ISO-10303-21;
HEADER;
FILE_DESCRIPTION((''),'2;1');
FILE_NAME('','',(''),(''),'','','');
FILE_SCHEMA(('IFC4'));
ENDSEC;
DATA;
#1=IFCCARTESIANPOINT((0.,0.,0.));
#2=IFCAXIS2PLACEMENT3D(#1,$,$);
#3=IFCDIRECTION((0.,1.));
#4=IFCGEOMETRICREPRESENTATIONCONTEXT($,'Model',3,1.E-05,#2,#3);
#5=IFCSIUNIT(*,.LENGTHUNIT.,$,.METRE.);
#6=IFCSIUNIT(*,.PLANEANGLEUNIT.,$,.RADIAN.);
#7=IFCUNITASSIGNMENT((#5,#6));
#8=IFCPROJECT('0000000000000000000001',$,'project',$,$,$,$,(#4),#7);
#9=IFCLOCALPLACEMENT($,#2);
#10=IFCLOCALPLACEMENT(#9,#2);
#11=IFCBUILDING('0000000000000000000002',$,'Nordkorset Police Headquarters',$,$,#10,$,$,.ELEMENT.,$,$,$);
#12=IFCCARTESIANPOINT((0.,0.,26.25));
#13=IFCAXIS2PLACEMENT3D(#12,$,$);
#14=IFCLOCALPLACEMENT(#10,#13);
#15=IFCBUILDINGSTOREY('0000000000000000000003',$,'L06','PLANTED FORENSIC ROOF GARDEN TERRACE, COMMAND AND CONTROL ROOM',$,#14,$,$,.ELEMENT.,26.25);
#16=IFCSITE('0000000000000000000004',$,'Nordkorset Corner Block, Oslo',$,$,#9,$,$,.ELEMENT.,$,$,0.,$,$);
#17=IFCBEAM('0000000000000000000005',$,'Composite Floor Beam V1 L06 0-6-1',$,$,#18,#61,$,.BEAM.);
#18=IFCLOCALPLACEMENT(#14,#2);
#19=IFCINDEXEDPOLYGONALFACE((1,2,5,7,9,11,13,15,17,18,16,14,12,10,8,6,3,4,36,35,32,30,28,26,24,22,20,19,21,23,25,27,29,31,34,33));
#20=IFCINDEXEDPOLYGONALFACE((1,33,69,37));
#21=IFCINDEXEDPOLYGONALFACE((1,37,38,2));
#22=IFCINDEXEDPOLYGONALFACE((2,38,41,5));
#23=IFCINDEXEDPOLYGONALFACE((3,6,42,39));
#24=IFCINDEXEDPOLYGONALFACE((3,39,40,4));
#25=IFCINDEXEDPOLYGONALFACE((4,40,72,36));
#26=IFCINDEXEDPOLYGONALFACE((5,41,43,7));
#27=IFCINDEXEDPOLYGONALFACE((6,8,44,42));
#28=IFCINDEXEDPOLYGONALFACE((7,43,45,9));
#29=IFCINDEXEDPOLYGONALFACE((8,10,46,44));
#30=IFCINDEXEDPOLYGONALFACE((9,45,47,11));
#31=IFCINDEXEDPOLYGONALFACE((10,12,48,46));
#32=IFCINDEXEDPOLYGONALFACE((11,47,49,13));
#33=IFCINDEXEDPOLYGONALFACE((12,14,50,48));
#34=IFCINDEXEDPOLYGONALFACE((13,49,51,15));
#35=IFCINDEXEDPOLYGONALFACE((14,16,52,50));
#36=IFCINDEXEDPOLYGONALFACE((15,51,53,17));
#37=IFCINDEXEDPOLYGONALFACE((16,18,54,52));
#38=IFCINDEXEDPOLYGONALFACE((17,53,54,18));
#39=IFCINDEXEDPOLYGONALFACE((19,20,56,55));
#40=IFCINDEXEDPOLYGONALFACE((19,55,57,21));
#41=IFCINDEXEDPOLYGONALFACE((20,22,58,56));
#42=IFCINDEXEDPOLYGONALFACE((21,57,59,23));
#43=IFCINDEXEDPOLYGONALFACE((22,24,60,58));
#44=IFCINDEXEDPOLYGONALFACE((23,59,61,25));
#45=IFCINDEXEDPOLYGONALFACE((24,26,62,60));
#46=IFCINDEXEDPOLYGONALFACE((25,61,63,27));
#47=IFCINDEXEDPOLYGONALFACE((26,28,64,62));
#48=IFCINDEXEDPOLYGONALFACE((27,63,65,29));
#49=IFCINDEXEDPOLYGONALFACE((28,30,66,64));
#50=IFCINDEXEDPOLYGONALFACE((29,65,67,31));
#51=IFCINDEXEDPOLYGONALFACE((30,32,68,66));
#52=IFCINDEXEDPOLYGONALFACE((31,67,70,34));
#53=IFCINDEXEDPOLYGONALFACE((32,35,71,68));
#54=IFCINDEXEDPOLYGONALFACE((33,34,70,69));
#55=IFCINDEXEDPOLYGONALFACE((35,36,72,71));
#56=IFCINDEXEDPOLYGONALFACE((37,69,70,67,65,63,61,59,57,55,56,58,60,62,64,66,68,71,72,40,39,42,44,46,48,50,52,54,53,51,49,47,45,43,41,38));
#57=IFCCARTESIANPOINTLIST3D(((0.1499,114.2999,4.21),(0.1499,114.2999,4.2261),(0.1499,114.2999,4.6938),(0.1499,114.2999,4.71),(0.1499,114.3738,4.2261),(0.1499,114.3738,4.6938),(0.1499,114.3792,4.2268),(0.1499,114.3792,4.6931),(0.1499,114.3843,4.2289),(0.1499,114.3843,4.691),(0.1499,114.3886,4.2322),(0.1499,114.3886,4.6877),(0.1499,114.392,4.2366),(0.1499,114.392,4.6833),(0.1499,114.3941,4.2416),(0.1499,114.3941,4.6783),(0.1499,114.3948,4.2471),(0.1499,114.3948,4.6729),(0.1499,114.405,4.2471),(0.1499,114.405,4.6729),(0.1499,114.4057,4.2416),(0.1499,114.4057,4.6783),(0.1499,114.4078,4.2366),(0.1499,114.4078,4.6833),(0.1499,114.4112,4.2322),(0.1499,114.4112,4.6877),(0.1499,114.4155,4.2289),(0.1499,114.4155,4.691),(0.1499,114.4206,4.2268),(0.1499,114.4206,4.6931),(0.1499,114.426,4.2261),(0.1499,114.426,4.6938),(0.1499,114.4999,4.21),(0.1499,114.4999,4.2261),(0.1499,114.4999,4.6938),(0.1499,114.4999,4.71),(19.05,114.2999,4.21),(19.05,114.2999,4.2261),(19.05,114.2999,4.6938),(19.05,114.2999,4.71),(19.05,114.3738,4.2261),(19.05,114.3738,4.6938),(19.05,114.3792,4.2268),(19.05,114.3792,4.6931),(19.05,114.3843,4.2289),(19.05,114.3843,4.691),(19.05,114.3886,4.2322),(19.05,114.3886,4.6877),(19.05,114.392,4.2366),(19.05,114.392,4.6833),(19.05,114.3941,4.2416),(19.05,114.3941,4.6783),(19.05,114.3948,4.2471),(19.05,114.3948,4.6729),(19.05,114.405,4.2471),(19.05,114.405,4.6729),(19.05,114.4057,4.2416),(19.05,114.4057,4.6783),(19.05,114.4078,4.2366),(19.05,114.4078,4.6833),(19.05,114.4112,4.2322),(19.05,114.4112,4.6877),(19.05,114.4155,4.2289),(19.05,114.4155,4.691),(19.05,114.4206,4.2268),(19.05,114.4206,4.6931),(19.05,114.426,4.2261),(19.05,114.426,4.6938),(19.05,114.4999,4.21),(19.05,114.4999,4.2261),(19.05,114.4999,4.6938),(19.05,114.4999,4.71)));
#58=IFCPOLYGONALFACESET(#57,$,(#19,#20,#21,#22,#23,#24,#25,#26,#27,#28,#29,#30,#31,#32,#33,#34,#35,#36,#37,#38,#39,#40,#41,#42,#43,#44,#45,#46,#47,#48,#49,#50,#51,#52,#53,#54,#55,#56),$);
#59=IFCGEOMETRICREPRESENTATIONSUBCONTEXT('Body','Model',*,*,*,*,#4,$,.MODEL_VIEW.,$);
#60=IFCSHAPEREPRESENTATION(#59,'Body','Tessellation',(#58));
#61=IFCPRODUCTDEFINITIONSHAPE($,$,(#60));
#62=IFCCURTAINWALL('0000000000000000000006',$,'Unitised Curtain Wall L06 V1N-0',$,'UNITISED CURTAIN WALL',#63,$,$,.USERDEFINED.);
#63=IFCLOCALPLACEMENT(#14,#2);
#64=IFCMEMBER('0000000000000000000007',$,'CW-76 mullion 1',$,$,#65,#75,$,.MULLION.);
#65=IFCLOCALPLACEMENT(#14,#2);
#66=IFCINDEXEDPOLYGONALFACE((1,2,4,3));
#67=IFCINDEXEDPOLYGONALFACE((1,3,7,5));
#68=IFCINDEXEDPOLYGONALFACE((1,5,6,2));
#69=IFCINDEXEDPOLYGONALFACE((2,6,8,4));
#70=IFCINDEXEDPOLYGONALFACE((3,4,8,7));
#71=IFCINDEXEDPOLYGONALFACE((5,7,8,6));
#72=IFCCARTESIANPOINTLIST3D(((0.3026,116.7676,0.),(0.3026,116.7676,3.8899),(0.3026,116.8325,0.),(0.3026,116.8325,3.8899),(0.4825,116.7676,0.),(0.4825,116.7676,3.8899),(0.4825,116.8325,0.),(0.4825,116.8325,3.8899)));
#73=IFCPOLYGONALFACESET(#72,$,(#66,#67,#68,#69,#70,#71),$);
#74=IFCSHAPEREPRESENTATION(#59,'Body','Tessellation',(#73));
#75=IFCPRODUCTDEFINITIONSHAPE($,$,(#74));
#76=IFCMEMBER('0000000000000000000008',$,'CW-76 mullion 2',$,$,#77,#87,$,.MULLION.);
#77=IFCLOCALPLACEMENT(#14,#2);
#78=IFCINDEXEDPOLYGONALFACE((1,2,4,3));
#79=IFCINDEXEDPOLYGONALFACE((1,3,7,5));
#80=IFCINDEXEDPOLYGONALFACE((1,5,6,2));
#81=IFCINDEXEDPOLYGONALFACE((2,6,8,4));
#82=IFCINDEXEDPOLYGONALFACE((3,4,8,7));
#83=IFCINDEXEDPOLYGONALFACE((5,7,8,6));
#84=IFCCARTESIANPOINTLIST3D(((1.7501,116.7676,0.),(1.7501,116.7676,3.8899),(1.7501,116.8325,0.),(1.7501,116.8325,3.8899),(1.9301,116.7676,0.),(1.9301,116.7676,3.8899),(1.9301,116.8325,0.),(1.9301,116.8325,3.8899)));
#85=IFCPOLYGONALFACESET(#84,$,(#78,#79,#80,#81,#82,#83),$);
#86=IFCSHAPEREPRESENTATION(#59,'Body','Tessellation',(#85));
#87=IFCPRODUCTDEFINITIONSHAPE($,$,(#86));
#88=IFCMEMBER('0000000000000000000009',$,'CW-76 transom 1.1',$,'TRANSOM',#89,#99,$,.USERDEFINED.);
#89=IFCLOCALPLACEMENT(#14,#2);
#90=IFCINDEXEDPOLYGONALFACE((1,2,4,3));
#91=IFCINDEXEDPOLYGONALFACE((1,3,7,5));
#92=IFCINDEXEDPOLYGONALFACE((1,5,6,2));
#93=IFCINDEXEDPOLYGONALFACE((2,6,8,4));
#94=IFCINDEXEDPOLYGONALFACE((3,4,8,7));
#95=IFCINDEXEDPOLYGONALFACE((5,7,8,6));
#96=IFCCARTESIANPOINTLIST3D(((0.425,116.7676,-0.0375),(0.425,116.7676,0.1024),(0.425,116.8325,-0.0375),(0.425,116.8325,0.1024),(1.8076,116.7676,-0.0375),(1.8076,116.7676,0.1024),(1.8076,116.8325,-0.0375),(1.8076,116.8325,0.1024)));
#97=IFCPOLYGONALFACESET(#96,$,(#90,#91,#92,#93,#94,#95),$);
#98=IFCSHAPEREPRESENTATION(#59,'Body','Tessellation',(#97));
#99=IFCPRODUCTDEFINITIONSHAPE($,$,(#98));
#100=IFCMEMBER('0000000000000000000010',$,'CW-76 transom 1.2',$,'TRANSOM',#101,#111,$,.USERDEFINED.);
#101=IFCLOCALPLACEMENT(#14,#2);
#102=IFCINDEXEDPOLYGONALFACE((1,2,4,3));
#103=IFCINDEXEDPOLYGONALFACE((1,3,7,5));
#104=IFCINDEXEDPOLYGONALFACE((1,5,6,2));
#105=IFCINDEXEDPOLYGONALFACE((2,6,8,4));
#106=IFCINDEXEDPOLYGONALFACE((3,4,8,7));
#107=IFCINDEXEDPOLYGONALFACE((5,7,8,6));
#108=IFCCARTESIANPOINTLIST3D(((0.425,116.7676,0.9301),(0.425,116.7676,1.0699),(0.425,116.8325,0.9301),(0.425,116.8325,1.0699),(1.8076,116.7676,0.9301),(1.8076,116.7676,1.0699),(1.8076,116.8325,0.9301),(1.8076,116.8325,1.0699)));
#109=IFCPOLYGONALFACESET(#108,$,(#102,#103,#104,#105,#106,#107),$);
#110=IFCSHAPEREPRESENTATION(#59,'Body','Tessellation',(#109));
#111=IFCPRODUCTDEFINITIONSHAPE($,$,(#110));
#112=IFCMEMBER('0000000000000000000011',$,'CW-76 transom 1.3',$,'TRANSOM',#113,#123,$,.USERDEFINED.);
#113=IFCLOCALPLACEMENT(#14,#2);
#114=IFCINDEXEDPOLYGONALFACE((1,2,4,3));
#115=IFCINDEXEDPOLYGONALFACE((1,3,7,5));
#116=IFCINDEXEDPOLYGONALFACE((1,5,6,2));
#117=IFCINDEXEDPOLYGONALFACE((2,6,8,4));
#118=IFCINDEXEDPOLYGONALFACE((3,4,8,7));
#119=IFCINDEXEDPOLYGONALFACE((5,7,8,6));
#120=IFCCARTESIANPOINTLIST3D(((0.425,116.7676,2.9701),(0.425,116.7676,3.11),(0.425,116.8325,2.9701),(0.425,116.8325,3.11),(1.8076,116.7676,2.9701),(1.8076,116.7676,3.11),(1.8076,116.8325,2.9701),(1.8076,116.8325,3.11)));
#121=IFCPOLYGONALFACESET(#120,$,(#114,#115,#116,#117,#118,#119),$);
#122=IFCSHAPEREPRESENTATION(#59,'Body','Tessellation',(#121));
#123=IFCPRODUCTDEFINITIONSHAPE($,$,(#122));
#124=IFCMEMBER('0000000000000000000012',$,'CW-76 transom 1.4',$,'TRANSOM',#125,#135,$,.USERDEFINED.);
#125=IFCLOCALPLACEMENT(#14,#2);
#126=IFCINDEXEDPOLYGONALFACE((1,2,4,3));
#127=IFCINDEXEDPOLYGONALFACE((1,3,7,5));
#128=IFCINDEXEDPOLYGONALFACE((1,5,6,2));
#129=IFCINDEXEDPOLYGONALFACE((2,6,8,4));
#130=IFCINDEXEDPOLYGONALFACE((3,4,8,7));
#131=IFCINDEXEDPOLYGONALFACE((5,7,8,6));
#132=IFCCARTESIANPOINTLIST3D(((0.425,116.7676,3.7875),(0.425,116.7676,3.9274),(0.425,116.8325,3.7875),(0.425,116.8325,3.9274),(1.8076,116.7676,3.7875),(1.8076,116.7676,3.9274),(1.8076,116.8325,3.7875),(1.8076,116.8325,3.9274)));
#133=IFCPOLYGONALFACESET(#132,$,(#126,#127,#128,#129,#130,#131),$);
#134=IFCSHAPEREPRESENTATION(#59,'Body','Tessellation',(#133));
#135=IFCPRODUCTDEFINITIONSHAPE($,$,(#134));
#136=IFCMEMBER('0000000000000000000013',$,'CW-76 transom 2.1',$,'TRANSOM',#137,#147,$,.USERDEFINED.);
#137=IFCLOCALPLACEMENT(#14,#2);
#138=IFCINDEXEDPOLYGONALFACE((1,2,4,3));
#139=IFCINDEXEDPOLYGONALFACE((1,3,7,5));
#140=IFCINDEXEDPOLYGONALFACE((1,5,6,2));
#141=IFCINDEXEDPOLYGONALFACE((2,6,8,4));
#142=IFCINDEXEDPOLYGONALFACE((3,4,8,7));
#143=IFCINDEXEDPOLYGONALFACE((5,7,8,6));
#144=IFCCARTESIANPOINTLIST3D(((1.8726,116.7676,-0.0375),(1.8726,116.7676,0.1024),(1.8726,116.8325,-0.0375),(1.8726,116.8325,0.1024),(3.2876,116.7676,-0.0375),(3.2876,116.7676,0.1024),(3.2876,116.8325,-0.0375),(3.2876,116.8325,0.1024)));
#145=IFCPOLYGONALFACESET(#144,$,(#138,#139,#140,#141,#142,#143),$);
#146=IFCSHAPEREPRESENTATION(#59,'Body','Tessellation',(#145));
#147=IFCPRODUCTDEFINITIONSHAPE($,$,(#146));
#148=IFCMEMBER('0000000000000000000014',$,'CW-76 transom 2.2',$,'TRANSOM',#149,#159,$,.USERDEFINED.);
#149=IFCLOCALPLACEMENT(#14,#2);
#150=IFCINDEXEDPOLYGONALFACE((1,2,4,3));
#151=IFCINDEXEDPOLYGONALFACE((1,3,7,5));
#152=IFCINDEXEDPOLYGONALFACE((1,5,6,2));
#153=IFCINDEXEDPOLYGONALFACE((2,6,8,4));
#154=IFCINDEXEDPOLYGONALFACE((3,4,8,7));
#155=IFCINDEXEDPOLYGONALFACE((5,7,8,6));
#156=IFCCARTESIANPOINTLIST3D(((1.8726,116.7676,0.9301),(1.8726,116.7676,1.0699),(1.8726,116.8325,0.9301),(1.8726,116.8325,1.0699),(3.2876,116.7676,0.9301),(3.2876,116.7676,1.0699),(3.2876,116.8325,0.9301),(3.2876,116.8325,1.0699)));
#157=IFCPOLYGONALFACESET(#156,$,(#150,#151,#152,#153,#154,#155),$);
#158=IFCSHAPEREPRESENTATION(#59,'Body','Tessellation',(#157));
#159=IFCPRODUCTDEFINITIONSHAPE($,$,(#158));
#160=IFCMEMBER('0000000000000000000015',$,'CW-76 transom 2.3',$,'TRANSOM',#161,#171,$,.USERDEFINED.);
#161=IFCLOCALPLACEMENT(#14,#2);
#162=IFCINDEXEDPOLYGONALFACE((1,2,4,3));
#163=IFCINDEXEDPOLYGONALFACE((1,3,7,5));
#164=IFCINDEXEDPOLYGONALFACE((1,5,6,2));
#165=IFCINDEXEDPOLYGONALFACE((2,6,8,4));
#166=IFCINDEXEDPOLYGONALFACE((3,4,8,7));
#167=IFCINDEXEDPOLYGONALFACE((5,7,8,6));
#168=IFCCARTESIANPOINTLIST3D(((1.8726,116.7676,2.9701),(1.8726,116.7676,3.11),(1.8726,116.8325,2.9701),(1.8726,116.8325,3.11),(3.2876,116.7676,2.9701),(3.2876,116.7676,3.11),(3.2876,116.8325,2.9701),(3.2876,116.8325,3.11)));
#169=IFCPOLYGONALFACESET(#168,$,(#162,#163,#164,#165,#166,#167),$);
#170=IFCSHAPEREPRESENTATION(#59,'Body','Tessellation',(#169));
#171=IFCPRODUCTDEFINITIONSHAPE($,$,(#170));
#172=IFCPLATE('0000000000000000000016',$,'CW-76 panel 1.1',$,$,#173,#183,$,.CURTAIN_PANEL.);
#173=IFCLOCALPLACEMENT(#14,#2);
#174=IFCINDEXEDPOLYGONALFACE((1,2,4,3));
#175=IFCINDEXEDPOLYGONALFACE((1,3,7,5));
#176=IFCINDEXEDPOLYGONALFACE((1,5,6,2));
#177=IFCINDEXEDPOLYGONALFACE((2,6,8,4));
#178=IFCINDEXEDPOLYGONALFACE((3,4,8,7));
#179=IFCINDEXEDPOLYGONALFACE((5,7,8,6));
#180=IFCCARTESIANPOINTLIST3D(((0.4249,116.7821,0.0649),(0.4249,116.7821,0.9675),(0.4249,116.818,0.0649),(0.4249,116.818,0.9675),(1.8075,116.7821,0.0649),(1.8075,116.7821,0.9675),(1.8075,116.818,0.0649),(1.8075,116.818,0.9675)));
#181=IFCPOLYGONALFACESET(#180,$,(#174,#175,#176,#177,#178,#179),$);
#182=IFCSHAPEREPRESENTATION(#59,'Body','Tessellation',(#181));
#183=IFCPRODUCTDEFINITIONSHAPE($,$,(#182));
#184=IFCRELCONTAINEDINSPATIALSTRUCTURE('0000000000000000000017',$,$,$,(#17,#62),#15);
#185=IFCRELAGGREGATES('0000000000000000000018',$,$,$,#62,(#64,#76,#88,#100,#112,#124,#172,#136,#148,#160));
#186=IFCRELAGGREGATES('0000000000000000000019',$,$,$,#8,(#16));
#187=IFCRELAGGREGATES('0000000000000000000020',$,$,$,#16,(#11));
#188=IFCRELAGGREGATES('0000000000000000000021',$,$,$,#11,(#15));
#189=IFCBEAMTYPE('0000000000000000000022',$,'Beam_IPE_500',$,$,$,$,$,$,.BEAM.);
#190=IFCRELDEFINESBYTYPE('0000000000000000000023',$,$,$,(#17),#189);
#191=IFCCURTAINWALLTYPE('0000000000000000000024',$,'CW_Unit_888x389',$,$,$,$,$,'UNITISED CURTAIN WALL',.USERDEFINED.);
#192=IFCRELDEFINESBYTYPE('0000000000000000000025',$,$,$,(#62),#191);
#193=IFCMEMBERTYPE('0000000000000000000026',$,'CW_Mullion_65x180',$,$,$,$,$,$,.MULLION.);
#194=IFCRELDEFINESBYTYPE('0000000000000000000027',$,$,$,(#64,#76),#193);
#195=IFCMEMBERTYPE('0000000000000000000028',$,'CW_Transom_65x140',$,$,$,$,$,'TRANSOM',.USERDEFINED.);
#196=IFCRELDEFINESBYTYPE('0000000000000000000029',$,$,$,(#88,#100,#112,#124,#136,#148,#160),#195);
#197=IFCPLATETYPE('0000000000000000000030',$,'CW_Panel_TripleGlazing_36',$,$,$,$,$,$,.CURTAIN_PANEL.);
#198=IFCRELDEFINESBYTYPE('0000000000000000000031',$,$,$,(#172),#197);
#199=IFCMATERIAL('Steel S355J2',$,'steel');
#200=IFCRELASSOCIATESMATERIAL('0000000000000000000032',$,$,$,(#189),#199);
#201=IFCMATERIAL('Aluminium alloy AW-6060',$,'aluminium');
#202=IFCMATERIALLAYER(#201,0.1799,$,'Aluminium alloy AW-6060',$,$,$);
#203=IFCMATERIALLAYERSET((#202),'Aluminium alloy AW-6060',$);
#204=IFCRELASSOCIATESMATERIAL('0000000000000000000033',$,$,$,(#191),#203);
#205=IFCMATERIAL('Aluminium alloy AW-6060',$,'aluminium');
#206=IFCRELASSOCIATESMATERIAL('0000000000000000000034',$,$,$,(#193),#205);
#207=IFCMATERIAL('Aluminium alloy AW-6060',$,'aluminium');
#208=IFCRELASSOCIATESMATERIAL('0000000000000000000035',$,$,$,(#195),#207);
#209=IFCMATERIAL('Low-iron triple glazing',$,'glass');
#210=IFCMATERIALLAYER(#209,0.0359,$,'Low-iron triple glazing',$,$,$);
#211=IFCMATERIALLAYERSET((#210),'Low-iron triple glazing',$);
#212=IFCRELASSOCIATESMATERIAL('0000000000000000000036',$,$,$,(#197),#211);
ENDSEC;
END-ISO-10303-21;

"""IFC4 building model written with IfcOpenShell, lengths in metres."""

from ifc_helpers import new_model, si_unit, direction, frame, origin, origin_2d, place, context, subcontext, project, spatial, rectangle, i_section, extrude, material, layer, layer_set, material_profile, profile_set, type_object, element, aggregate, save


model = new_model("IFC4")

# Units and contexts
model_context = context("Model", 3, precision=1e-05, world=origin(), true_north=direction((0.0, 1.0)))
body_context = subcontext(model_context, "Body", "Model", "MODEL_VIEW")
ifc_project = project(units=[si_unit("LENGTHUNIT", "METRE"), si_unit("PLANEANGLEUNIT", "RADIAN")], contexts=[model_context])

# Site, building, storey
site_placement = place(None, origin())
site = spatial("IfcSite", under=ifc_project, at=site_placement, Name="Nordkorset Corner Block, Oslo", CompositionType="ELEMENT", RefElevation=0.0)
building_placement = place(site_placement, origin())
building = spatial("IfcBuilding", under=site, at=building_placement, Name="Nordkorset Police Headquarters", CompositionType="ELEMENT")
storey_placement = place(building_placement, frame((0.0, 0.0, 26.25)))
storey = spatial("IfcBuildingStorey", under=building, at=storey_placement, Name="L06", Description="PLANTED FORENSIC ROOF GARDEN TERRACE, COMMAND AND CONTROL ROOM", CompositionType="ELEMENT", Elevation=26.25)

# Beam
ifc_material_1 = material(Name="Steel S355J2", Category="steel")
ifc_material_profile_1 = material_profile(ifc_material_1, i_section(OverallWidth=0.2, OverallDepth=0.5, WebThickness=0.0103, FlangeThickness=0.0161, FilletRadius=0.021, at=origin_2d()), Name="IPE 500")
ifc_profile_set_1 = profile_set([ifc_material_profile_1], Name="Steel S355J2")
beam_type = type_object("IfcBeamType", Name="Beam_IPE_500", PredefinedType="BEAM", material=ifc_profile_set_1)
beam_placement = place(storey_placement, frame((0.1499, 114.3999, 4.46), z_axis=(1.0, 0.0, 0.0), x_axis=(0.0, 1.0, 0.0)))
element("IfcBeam", 1, at=beam_placement, inside=storey, type_object=beam_type, Name="Composite Floor Beam V1 L06 0-6-1", PredefinedType="BEAM", context=body_context, shape_type="SweptSolid", body=[
    extrude(i_section(OverallWidth=0.2, OverallDepth=0.5, WebThickness=0.0103, FlangeThickness=0.0161, FilletRadius=0.021, at=origin_2d()), origin(), (0.0, 0.0, 1.0), 18.9001),
])

# Curtain wall, members, plate
ifc_material_2 = material(Name="Aluminium alloy AW-6060", Category="aluminium")
ifc_layer_1 = layer(ifc_material_2, 0.1799, Name="Aluminium alloy AW-6060")
ifc_layer_set_1 = layer_set([ifc_layer_1], Name="Aluminium alloy AW-6060")
curtain_wall_type = type_object("IfcCurtainWallType", Name="CW_Unit_888x389", ElementType="UNITISED CURTAIN WALL", PredefinedType="USERDEFINED", material=ifc_layer_set_1)
curtain_wall_placement = place(storey_placement, origin())
curtain_wall = element("IfcCurtainWall", 2, at=curtain_wall_placement, inside=storey, type_object=curtain_wall_type, Name="Unitised Curtain Wall L06 V1N-0", ObjectType="UNITISED CURTAIN WALL", PredefinedType="USERDEFINED")
ifc_material_3 = material(Name="Aluminium alloy AW-6060", Category="aluminium")
ifc_material_profile_2 = material_profile(ifc_material_3, rectangle(XDim=0.0649, YDim=0.1799, at=origin_2d()), Name="ALU MULL 65x180")
ifc_profile_set_2 = profile_set([ifc_material_profile_2], Name="Aluminium alloy AW-6060")
member_type_1 = type_object("IfcMemberType", Name="CW_Mullion_65x180", PredefinedType="MULLION", material=ifc_profile_set_2)
member_1_placement = place(storey_placement, frame((0.3926, 116.8, 0.0), z_axis=(0.0, 0.0, 1.0), x_axis=(0.0, 1.0, 0.0)))
member_1 = element("IfcMember", 3, at=member_1_placement, type_object=member_type_1, Name="CW-76 mullion 1", PredefinedType="MULLION", context=body_context, shape_type="SweptSolid", body=[
    extrude(rectangle(XDim=0.0649, YDim=0.1799, at=origin_2d()), origin(), (0.0, 0.0, 1.0), 3.8899),
])
member_2_placement = place(storey_placement, frame((1.8401, 116.8, 0.0), z_axis=(0.0, 0.0, 1.0), x_axis=(0.0, 1.0, 0.0)))
member_2 = element("IfcMember", 4, at=member_2_placement, type_object=member_type_1, Name="CW-76 mullion 2", PredefinedType="MULLION", context=body_context, shape_type="SweptSolid", body=[
    extrude(rectangle(XDim=0.0649, YDim=0.1799, at=origin_2d()), origin(), (0.0, 0.0, 1.0), 3.8899),
])
ifc_material_4 = material(Name="Aluminium alloy AW-6060", Category="aluminium")
ifc_material_profile_3 = material_profile(ifc_material_4, rectangle(XDim=0.0649, YDim=0.1399, at=origin_2d()), Name="ALU TRAN 65x140")
ifc_profile_set_3 = profile_set([ifc_material_profile_3], Name="Aluminium alloy AW-6060")
member_type_2 = type_object("IfcMemberType", Name="CW_Transom_65x140", ElementType="TRANSOM", PredefinedType="USERDEFINED", material=ifc_profile_set_3)
member_3_placement = place(storey_placement, frame((0.425, 116.8, 0.0325), z_axis=(1.0, 0.0, 0.0), x_axis=(0.0, 1.0, 0.0)))
member_3 = element("IfcMember", 5, at=member_3_placement, type_object=member_type_2, Name="CW-76 transom 1.1", ObjectType="TRANSOM", PredefinedType="USERDEFINED", context=body_context, shape_type="SweptSolid", body=[
    extrude(rectangle(XDim=0.0649, YDim=0.1399, at=origin_2d()), origin(), (0.0, 0.0, 1.0), 1.3826),
])
member_4_placement = place(storey_placement, frame((0.425, 116.8, 1.0), z_axis=(1.0, 0.0, 0.0), x_axis=(0.0, 1.0, 0.0)))
member_4 = element("IfcMember", 6, at=member_4_placement, type_object=member_type_2, Name="CW-76 transom 1.2", ObjectType="TRANSOM", PredefinedType="USERDEFINED", context=body_context, shape_type="SweptSolid", body=[
    extrude(rectangle(XDim=0.0649, YDim=0.1399, at=origin_2d()), origin(), (0.0, 0.0, 1.0), 1.3826),
])
member_5_placement = place(storey_placement, frame((0.425, 116.8, 3.04), z_axis=(1.0, 0.0, 0.0), x_axis=(0.0, 1.0, 0.0)))
member_5 = element("IfcMember", 7, at=member_5_placement, type_object=member_type_2, Name="CW-76 transom 1.3", ObjectType="TRANSOM", PredefinedType="USERDEFINED", context=body_context, shape_type="SweptSolid", body=[
    extrude(rectangle(XDim=0.0649, YDim=0.1399, at=origin_2d()), origin(), (0.0, 0.0, 1.0), 1.3826),
])
member_6_placement = place(storey_placement, frame((0.425, 116.8, 3.8574), z_axis=(1.0, 0.0, 0.0), x_axis=(0.0, 1.0, 0.0)))
member_6 = element("IfcMember", 8, at=member_6_placement, type_object=member_type_2, Name="CW-76 transom 1.4", ObjectType="TRANSOM", PredefinedType="USERDEFINED", context=body_context, shape_type="SweptSolid", body=[
    extrude(rectangle(XDim=0.0649, YDim=0.1399, at=origin_2d()), origin(), (0.0, 0.0, 1.0), 1.3826),
])
member_7_placement = place(storey_placement, frame((1.8726, 116.8, 0.0325), z_axis=(1.0, 0.0, 0.0), x_axis=(0.0, 1.0, 0.0)))
member_7 = element("IfcMember", 9, at=member_7_placement, type_object=member_type_2, Name="CW-76 transom 2.1", ObjectType="TRANSOM", PredefinedType="USERDEFINED", context=body_context, shape_type="SweptSolid", body=[
    extrude(rectangle(XDim=0.0649, YDim=0.1399, at=origin_2d()), origin(), (0.0, 0.0, 1.0), 1.415),
])
member_8_placement = place(storey_placement, frame((1.8726, 116.8, 1.0), z_axis=(1.0, 0.0, 0.0), x_axis=(0.0, 1.0, 0.0)))
member_8 = element("IfcMember", 10, at=member_8_placement, type_object=member_type_2, Name="CW-76 transom 2.2", ObjectType="TRANSOM", PredefinedType="USERDEFINED", context=body_context, shape_type="SweptSolid", body=[
    extrude(rectangle(XDim=0.0649, YDim=0.1399, at=origin_2d()), origin(), (0.0, 0.0, 1.0), 1.415),
])
member_9_placement = place(storey_placement, frame((1.8726, 116.8, 3.04), z_axis=(1.0, 0.0, 0.0), x_axis=(0.0, 1.0, 0.0)))
member_9 = element("IfcMember", 11, at=member_9_placement, type_object=member_type_2, Name="CW-76 transom 2.3", ObjectType="TRANSOM", PredefinedType="USERDEFINED", context=body_context, shape_type="SweptSolid", body=[
    extrude(rectangle(XDim=0.0649, YDim=0.1399, at=origin_2d()), origin(), (0.0, 0.0, 1.0), 1.415),
])
ifc_material_5 = material(Name="Low-iron triple glazing", Category="glass")
ifc_layer_2 = layer(ifc_material_5, 0.0359, Name="Low-iron triple glazing")
ifc_layer_set_2 = layer_set([ifc_layer_2], Name="Low-iron triple glazing")
plate_type = type_object("IfcPlateType", Name="CW_Panel_TripleGlazing_36", PredefinedType="CURTAIN_PANEL", material=ifc_layer_set_2)
plate_1_placement = place(storey_placement, frame((1.1162, 116.8, 0.0649), z_axis=(0.0, 0.0, 1.0), x_axis=(1.0, 0.0, 0.0)))
plate_1 = element("IfcPlate", 12, at=plate_1_placement, type_object=plate_type, Name="CW-76 panel 1.1", PredefinedType="CURTAIN_PANEL", context=body_context, shape_type="SweptSolid", body=[
    extrude(rectangle(XDim=1.3826, YDim=0.0359, at=origin_2d()), origin(), (0.0, 0.0, 1.0), 0.9026),
])
aggregate(curtain_wall, [member_1, member_2, member_3, member_4, member_5, member_6, plate_1, member_7, member_8, member_9])

save(model, "model.ifc")
